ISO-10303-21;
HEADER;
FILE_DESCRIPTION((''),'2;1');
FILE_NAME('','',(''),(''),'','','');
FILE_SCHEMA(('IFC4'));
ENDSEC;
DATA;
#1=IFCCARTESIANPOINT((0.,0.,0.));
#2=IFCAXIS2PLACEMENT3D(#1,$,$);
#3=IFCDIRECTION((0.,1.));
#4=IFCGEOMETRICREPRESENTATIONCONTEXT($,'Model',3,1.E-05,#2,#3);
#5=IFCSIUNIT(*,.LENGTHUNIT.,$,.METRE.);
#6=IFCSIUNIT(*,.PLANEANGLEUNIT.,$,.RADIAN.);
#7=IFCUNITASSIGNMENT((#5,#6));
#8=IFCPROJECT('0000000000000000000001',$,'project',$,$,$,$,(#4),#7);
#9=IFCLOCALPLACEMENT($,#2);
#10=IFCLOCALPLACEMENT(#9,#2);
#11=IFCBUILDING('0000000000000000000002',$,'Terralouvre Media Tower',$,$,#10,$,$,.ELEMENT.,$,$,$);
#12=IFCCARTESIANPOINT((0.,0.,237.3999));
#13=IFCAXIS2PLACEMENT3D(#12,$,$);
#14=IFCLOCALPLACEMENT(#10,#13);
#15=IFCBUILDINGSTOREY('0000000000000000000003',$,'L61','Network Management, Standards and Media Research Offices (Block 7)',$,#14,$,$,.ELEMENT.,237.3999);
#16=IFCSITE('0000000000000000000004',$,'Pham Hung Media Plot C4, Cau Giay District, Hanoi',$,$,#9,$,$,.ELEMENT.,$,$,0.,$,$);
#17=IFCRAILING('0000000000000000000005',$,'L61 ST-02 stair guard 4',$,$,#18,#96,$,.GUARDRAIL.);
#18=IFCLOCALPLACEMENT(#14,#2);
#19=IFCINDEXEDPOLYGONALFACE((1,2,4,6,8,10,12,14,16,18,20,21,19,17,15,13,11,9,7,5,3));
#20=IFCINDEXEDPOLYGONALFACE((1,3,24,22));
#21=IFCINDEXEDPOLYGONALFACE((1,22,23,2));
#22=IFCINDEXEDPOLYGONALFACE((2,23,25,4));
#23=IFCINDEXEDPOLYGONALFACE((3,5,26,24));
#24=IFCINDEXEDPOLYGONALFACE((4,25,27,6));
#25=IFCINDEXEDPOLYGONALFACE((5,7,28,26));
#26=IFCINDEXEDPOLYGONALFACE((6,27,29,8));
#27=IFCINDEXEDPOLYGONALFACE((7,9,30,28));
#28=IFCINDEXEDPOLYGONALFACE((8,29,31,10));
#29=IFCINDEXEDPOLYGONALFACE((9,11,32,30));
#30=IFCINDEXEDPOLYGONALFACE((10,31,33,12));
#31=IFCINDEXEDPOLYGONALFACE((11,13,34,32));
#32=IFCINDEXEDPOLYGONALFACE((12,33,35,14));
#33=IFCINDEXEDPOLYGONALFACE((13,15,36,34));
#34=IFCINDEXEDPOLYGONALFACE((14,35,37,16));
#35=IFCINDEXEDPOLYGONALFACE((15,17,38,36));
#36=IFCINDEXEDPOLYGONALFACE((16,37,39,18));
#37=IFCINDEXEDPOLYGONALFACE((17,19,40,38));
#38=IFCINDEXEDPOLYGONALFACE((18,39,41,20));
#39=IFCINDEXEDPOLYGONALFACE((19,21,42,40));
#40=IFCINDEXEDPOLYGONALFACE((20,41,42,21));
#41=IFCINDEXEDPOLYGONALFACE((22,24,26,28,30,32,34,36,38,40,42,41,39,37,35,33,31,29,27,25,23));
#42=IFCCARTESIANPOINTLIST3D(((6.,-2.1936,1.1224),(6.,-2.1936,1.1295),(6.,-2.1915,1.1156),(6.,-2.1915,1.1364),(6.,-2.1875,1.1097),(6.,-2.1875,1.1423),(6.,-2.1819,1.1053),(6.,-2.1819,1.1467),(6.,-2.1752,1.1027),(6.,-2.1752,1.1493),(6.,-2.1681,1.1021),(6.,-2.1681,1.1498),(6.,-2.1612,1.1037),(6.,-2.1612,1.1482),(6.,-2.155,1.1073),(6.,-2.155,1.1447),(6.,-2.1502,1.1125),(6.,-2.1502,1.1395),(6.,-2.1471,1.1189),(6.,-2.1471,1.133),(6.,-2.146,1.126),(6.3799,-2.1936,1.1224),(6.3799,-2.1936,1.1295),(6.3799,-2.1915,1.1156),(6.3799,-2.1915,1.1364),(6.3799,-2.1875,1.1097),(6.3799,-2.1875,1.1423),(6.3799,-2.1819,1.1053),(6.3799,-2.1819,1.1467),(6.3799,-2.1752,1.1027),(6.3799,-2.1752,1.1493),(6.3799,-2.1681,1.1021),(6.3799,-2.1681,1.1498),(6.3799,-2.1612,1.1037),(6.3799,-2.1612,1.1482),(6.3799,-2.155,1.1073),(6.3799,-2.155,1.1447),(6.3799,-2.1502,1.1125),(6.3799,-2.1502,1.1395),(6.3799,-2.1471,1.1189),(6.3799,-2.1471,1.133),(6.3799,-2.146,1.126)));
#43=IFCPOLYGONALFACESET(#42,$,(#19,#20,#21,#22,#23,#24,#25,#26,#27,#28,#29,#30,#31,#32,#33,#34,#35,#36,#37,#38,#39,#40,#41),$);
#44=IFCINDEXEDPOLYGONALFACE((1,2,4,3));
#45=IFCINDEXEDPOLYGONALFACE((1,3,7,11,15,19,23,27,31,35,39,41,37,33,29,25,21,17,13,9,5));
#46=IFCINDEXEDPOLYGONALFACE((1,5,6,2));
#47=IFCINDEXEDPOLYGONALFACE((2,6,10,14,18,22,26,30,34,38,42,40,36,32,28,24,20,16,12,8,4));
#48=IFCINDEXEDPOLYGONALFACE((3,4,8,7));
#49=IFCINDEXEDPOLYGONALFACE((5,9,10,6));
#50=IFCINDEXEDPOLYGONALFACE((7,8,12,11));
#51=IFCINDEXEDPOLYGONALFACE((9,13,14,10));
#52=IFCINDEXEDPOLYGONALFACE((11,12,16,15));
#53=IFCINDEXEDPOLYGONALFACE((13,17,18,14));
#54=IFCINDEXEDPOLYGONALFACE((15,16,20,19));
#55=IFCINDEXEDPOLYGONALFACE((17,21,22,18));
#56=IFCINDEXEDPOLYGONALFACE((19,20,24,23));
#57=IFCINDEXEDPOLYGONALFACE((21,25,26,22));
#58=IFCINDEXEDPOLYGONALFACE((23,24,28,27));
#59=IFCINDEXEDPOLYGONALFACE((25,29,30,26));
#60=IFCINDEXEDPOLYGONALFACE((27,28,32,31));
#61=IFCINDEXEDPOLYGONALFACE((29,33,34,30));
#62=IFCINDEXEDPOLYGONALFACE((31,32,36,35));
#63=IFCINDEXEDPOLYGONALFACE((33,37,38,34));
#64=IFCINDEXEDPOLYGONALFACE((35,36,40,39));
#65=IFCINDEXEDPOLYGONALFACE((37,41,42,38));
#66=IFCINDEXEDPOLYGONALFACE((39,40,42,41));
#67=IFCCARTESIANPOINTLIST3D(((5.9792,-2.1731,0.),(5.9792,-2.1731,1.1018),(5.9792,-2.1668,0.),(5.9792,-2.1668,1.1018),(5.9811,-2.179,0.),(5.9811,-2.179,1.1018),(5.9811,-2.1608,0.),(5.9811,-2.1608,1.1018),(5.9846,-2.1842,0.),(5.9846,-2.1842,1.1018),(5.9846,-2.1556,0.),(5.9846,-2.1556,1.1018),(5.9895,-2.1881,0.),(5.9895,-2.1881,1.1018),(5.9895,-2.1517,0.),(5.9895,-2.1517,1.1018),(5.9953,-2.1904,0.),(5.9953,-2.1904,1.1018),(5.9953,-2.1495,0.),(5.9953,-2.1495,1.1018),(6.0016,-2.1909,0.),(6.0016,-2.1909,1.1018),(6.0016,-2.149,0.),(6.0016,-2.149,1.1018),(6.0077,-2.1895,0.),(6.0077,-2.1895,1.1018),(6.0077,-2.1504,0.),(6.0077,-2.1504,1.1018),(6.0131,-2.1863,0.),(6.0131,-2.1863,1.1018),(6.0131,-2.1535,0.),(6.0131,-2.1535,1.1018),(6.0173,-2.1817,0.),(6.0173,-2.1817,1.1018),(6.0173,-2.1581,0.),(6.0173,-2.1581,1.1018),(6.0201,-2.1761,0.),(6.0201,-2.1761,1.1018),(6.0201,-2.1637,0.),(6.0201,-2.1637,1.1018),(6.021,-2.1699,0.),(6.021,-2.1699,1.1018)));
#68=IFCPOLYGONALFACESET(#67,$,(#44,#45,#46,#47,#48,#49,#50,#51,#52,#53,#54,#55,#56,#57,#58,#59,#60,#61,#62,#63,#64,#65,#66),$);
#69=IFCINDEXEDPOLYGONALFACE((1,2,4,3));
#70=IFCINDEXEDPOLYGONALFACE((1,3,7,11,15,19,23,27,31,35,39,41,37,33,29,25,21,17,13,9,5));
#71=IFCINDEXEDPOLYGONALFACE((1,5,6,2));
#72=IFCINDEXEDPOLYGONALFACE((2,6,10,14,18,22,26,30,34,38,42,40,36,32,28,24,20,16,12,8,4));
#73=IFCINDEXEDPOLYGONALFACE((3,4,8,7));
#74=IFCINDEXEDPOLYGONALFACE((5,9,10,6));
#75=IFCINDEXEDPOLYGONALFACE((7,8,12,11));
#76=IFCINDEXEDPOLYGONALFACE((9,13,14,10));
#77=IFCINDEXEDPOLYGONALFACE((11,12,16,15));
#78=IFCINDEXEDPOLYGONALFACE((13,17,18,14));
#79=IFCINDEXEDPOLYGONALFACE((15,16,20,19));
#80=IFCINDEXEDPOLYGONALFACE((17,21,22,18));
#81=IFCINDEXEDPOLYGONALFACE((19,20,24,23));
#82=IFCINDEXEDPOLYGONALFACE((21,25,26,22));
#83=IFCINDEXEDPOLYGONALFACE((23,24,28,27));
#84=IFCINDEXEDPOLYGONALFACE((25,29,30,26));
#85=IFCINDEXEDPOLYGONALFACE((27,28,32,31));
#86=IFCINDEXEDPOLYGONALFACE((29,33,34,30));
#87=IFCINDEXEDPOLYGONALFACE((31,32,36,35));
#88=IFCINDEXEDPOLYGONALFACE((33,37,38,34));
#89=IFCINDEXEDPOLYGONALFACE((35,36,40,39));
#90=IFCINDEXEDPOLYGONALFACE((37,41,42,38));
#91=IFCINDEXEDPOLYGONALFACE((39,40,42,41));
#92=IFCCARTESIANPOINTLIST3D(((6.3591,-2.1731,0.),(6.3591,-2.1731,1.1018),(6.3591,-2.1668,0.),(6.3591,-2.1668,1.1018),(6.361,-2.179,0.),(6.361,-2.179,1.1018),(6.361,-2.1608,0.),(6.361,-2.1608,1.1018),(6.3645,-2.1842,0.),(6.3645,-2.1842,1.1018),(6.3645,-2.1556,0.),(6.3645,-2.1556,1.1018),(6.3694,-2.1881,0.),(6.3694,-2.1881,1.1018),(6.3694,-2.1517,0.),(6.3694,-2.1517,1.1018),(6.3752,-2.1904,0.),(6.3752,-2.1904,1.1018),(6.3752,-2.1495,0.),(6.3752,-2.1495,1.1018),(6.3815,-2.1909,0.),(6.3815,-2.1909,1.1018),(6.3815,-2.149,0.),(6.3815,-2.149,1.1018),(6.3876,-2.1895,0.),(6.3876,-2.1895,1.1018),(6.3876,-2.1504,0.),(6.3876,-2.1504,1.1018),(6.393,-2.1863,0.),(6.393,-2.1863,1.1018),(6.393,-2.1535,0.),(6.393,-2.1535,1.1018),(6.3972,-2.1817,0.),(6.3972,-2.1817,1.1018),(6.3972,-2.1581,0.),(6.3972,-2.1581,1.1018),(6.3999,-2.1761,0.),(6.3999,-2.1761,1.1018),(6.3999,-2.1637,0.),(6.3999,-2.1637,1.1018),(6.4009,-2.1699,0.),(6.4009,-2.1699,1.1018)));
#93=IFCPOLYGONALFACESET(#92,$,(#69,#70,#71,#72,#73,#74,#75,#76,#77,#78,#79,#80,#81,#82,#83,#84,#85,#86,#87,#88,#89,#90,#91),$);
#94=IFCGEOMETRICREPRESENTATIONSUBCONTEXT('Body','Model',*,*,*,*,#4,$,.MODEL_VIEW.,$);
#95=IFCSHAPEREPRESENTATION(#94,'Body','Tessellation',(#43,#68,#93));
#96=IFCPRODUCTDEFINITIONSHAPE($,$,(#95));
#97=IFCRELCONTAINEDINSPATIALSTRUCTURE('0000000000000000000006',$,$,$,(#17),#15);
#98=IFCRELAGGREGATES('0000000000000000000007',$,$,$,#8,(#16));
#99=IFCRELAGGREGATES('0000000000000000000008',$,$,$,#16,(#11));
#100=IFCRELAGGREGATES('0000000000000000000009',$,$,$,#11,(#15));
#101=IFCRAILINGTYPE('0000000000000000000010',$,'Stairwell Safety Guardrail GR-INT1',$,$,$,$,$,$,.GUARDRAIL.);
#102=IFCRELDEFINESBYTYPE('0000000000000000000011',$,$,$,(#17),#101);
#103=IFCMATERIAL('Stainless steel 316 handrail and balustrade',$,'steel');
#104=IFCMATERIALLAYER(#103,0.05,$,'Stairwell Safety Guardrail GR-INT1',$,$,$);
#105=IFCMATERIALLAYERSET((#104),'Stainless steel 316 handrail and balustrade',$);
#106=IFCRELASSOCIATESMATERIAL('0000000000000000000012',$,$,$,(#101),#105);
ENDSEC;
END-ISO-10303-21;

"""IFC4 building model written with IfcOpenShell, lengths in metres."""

from ifc_helpers import new_model, si_unit, direction, frame, origin, origin_2d, place, context, subcontext, project, spatial, circle, extrude, material, layer, layer_set, type_object, element, save


model = new_model("IFC4")

# Units and contexts
model_context = context("Model", 3, precision=1e-05, world=origin(), true_north=direction((0.0, 1.0)))
body_context = subcontext(model_context, "Body", "Model", "MODEL_VIEW")
ifc_project = project(units=[si_unit("LENGTHUNIT", "METRE"), si_unit("PLANEANGLEUNIT", "RADIAN")], contexts=[model_context])

# Site, building, storey
site_placement = place(None, origin())
site = spatial("IfcSite", under=ifc_project, at=site_placement, Name="Pham Hung Media Plot C4, Cau Giay District, Hanoi", CompositionType="ELEMENT", RefElevation=0.0)
building_placement = place(site_placement, origin())
building = spatial("IfcBuilding", under=site, at=building_placement, Name="Terralouvre Media Tower", CompositionType="ELEMENT")
storey_placement = place(building_placement, frame((0.0, 0.0, 237.3999)))
storey = spatial("IfcBuildingStorey", under=building, at=storey_placement, Name="L61", Description="Network Management, Standards and Media Research Offices (Block 7)", CompositionType="ELEMENT", Elevation=237.3999)

# Railing
ifc_material_1 = material(Name="Stainless steel 316 handrail and balustrade", Category="steel")
ifc_layer_1 = layer(ifc_material_1, 0.05, Name="Stairwell Safety Guardrail GR-INT1")
ifc_layer_set_1 = layer_set([ifc_layer_1], Name="Stainless steel 316 handrail and balustrade")
railing_type_1 = type_object("IfcRailingType", Name="Stairwell Safety Guardrail GR-INT1", PredefinedType="GUARDRAIL", material=ifc_layer_set_1)
railing_1_placement = place(storey_placement, frame((6.0, -2.1699, 0.0)))
element("IfcRailing", 1, at=railing_1_placement, inside=storey, type_object=railing_type_1, Name="L61 ST-02 stair guard 4", PredefinedType="GUARDRAIL", context=body_context, shape_type="SweptSolid", body=[
    extrude(circle(Radius=0.0239, at=origin_2d()), frame((0.0, 0.0, 1.126), z_axis=(1.0, 0.0, 0.0), x_axis=(0.0, 1.0, 0.0)), (0.0, 0.0, 1.0), 0.3799),
    extrude(circle(Radius=0.021, at=origin_2d()), origin(), (0.0, 0.0, 1.0), 1.1018),
    extrude(circle(Radius=0.021, at=origin_2d()), frame((0.3799, 0.0, 0.0)), (0.0, 0.0, 1.0), 1.1018),
])

save(model, "model.ifc")
